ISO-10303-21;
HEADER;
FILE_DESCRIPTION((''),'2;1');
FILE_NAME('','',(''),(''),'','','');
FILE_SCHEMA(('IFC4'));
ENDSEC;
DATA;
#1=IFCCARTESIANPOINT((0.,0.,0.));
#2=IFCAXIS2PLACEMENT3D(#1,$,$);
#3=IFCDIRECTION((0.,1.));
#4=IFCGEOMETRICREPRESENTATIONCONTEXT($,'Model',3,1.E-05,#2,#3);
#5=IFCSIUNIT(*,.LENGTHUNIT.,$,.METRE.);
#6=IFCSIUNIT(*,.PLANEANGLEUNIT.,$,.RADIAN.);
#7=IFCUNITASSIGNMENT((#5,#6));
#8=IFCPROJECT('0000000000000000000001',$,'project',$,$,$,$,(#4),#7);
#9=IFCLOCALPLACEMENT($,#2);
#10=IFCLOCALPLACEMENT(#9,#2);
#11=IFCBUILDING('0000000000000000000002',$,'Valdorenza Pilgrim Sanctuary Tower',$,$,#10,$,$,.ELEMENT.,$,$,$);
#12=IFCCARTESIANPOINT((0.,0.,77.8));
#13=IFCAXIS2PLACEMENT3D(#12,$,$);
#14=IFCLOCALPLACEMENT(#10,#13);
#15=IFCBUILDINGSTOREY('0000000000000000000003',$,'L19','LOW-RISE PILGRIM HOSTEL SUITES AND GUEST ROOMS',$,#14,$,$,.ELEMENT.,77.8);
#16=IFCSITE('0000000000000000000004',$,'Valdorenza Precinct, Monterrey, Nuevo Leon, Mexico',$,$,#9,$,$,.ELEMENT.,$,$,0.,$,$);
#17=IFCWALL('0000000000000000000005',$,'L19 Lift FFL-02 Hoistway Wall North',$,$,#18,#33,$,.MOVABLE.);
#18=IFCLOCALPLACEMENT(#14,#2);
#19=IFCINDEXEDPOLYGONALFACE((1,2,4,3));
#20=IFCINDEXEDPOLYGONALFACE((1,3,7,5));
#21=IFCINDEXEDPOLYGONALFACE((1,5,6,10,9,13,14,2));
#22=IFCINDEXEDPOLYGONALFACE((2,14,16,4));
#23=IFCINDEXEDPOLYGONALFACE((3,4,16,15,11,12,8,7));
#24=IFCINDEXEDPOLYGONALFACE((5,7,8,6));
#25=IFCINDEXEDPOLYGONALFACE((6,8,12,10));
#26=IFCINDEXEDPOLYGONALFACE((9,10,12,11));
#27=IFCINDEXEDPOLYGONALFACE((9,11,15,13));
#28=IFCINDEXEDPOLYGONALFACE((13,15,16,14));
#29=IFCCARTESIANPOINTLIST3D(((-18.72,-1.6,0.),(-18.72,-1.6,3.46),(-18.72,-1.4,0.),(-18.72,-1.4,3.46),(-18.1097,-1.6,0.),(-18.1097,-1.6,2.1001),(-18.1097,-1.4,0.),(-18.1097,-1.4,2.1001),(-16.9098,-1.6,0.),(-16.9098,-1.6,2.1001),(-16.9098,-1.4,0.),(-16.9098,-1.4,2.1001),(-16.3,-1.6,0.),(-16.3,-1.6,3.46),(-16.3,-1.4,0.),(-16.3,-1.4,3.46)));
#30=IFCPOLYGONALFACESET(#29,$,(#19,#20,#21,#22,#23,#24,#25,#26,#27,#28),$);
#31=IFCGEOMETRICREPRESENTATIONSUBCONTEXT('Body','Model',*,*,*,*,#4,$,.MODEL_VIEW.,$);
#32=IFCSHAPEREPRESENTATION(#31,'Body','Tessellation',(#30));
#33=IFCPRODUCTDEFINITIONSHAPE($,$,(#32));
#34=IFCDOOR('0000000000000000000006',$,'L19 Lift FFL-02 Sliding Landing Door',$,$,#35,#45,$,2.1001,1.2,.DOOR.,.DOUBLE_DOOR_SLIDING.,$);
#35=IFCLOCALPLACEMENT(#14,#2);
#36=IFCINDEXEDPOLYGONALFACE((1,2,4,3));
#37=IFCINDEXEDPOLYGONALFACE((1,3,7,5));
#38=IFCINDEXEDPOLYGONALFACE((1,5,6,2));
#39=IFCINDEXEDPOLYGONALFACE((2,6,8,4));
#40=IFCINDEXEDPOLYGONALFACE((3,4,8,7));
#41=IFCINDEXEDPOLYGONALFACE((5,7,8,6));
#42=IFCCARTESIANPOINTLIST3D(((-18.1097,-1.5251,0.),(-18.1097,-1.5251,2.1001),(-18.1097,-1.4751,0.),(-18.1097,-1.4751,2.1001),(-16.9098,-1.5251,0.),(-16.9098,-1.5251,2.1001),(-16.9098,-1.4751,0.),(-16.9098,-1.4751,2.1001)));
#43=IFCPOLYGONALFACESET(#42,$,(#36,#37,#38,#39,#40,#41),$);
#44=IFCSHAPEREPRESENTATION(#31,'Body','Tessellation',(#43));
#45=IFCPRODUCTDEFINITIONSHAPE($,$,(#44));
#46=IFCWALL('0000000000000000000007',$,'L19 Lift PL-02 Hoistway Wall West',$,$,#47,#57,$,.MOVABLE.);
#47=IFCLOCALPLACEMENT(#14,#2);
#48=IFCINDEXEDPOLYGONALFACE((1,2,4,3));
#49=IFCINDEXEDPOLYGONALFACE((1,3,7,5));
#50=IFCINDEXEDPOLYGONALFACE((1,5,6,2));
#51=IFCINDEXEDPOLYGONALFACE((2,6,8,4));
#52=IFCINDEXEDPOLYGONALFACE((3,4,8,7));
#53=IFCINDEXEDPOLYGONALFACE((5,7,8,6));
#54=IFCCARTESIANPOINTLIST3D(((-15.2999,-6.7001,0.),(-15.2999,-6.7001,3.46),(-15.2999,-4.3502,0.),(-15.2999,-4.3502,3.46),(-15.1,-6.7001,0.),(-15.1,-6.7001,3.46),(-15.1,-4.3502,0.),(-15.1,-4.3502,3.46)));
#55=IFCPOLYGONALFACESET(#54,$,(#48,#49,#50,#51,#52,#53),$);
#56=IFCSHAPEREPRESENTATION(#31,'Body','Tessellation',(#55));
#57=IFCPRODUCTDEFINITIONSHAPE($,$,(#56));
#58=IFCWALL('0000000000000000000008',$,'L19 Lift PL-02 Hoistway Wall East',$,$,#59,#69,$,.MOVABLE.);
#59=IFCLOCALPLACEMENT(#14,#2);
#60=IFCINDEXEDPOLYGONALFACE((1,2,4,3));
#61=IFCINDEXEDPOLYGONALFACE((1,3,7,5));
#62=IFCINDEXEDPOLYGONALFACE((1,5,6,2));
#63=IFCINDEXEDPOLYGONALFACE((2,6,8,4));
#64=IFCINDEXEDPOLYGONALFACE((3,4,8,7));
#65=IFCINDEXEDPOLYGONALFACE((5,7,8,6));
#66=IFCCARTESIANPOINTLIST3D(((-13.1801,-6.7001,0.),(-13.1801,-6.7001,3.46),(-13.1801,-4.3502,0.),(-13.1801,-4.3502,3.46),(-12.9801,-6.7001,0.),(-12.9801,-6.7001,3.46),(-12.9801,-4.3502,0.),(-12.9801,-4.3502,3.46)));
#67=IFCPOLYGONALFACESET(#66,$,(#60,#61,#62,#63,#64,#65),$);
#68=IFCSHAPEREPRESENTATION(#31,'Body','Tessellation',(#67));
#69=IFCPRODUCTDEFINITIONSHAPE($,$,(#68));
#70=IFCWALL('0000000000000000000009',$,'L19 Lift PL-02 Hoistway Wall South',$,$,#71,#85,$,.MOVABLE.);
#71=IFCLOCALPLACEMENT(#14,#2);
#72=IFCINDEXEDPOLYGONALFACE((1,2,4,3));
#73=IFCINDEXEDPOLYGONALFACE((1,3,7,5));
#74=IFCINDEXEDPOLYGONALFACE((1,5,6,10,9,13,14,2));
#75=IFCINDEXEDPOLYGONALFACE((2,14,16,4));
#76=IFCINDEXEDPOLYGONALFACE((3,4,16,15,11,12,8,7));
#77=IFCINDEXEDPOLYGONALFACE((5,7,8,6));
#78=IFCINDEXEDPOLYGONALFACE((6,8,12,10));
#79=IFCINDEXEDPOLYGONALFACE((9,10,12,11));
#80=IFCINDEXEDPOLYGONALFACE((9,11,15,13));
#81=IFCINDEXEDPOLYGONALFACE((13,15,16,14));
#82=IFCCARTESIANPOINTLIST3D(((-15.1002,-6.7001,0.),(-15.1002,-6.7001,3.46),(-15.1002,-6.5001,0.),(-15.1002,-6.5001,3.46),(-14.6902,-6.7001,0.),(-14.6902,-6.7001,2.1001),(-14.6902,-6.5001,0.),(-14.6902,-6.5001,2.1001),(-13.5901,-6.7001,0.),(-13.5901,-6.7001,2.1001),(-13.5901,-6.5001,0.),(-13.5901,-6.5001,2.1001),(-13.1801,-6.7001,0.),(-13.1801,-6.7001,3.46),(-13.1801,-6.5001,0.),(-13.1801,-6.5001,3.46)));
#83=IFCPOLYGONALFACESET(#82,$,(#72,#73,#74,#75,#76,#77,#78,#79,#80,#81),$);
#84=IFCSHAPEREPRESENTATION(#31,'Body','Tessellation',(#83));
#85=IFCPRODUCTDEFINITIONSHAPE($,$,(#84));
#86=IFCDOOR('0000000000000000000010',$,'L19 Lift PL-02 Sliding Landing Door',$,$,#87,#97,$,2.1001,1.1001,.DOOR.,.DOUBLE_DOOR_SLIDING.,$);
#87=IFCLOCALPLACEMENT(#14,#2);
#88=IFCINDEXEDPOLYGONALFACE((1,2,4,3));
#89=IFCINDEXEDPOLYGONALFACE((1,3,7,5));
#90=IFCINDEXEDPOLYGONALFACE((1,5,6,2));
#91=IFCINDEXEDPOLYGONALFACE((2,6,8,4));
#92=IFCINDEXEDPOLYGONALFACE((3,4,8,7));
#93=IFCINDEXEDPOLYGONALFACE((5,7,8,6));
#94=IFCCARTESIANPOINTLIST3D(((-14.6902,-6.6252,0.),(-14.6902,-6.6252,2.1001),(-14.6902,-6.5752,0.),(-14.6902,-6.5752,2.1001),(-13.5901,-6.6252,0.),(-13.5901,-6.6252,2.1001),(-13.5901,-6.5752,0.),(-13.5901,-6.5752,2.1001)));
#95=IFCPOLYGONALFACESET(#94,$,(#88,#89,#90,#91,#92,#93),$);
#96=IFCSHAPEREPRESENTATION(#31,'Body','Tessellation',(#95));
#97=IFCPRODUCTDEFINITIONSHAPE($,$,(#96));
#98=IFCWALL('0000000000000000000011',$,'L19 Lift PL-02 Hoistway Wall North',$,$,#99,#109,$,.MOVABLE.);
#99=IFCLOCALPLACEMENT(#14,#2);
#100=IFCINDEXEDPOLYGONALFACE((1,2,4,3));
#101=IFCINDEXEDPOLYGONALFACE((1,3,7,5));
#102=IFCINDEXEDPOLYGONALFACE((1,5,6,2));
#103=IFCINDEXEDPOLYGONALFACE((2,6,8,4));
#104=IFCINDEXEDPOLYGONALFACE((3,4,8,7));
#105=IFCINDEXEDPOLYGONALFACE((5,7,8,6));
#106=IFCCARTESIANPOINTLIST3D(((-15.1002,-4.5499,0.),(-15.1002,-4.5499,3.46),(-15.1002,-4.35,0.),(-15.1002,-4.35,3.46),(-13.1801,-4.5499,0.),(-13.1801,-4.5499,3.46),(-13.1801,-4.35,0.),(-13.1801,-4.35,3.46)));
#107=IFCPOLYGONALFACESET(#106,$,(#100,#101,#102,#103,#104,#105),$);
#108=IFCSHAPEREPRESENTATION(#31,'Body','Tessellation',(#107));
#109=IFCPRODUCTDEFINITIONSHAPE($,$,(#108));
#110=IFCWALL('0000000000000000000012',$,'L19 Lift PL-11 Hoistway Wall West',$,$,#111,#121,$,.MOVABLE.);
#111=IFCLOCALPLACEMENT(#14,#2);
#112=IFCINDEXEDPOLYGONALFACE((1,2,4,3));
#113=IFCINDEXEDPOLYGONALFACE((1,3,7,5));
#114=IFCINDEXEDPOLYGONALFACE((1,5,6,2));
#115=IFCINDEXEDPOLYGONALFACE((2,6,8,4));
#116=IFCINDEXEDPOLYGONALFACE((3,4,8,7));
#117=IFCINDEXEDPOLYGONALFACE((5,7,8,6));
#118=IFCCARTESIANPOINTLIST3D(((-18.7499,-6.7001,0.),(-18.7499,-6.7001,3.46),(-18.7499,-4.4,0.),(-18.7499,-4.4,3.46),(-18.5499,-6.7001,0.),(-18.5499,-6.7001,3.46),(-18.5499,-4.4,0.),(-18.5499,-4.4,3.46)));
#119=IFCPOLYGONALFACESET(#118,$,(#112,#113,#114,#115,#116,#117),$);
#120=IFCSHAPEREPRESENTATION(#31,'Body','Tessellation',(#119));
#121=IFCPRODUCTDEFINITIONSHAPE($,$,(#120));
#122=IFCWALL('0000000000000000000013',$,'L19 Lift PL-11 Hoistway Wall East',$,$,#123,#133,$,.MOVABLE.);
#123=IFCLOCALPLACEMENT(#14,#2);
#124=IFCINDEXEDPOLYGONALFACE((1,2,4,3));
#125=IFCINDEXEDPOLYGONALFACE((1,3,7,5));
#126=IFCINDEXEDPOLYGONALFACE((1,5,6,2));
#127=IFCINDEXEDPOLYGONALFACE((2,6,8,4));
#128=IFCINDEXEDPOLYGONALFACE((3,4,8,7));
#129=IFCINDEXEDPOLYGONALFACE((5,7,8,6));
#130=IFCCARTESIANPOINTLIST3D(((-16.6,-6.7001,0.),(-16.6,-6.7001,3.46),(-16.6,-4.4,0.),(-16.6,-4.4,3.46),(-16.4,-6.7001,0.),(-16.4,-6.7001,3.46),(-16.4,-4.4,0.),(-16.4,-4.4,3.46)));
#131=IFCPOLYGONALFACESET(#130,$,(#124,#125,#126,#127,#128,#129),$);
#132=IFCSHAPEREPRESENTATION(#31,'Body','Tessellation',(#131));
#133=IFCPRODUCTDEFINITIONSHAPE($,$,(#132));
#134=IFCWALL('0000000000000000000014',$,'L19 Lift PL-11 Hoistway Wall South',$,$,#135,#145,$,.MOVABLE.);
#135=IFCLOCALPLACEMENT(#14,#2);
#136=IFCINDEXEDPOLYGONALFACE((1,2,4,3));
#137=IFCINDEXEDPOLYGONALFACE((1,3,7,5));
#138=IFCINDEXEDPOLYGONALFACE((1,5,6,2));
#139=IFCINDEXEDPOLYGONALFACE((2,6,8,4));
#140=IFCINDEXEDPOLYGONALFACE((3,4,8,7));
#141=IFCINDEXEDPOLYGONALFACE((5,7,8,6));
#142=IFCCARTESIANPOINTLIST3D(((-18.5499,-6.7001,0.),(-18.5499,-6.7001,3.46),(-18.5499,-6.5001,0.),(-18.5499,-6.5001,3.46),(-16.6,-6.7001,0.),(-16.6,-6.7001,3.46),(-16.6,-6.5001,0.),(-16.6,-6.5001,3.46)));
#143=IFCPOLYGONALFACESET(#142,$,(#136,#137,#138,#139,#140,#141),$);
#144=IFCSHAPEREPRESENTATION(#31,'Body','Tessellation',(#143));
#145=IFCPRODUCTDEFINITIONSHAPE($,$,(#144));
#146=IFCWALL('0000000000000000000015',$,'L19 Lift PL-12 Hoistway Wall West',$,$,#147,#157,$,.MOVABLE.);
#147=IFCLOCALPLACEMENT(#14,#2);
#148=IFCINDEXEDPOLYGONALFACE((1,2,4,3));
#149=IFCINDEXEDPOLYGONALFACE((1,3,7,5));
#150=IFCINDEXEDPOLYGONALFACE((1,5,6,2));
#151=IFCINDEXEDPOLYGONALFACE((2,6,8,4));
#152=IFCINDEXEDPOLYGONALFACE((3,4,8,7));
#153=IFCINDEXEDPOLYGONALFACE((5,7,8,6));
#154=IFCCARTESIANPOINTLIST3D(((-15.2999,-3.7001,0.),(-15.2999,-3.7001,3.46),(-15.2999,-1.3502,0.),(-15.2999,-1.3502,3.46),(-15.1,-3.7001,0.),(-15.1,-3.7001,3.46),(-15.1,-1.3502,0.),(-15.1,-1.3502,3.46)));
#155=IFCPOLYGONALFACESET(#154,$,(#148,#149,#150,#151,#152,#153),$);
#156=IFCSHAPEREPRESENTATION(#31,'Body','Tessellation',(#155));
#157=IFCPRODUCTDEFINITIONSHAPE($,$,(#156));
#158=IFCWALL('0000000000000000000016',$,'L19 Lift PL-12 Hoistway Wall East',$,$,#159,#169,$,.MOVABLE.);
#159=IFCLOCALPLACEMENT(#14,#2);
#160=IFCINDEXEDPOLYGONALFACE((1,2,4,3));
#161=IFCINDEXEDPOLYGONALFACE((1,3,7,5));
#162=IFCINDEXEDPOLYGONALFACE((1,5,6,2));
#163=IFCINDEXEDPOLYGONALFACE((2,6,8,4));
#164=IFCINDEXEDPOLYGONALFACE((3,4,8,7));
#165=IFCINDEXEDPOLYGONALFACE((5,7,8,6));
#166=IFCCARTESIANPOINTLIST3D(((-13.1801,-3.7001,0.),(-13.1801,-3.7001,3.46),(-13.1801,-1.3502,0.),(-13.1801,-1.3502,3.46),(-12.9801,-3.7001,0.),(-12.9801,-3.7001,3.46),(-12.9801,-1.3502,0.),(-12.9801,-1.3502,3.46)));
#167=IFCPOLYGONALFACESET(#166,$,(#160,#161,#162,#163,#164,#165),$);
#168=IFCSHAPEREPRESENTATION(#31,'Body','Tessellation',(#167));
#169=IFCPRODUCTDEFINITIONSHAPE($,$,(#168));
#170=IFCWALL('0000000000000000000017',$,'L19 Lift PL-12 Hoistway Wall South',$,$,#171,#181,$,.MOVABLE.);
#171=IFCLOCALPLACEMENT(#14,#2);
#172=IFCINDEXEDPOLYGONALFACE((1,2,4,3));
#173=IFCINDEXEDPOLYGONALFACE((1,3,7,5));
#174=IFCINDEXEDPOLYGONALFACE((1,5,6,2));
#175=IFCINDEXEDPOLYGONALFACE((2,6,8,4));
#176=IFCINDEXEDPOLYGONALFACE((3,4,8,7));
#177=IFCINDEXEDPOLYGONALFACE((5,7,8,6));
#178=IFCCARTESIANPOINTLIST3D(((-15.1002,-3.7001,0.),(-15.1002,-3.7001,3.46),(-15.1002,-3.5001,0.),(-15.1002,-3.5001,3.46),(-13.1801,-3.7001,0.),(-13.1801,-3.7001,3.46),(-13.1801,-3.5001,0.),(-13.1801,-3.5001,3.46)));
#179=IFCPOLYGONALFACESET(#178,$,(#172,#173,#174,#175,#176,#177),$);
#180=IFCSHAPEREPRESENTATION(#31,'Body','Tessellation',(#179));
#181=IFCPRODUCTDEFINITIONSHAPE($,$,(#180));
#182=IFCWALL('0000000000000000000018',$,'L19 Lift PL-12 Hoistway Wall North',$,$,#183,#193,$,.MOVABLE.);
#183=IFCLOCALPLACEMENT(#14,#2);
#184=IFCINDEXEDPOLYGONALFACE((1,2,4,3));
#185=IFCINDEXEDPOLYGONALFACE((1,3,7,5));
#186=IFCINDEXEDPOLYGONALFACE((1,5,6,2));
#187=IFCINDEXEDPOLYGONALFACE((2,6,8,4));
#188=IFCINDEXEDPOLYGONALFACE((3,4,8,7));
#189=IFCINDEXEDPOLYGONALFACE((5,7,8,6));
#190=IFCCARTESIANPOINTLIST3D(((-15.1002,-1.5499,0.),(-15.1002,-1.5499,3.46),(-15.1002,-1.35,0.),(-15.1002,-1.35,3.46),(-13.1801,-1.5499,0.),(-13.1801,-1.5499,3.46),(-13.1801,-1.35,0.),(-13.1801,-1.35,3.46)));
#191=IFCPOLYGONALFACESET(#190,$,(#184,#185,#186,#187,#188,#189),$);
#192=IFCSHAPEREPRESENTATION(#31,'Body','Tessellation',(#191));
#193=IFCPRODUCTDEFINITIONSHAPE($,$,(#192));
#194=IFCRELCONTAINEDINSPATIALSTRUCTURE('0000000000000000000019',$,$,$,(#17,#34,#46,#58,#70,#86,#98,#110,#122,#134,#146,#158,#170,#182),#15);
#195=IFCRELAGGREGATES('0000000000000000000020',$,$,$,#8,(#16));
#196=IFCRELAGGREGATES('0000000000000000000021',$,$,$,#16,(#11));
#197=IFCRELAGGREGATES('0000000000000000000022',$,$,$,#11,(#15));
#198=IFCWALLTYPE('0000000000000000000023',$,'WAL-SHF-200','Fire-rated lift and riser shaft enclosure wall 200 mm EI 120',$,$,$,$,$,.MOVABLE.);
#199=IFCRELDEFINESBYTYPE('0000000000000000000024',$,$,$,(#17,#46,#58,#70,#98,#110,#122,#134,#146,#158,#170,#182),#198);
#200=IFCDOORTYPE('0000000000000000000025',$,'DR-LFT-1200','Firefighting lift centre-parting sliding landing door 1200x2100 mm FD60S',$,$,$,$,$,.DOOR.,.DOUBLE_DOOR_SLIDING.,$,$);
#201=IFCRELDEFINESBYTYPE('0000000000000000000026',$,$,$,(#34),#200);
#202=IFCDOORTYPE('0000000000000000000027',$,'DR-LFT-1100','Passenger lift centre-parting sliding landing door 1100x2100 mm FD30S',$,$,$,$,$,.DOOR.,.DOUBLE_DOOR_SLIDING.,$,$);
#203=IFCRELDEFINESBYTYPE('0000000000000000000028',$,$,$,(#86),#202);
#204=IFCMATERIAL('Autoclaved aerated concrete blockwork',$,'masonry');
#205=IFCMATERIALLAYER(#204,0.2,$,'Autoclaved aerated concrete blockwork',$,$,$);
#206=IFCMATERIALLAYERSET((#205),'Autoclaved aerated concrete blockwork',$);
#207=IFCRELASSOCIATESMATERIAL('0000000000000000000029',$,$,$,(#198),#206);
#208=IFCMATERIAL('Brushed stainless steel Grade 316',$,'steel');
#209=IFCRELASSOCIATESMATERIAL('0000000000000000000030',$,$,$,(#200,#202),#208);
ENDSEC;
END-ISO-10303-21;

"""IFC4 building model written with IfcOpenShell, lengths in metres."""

from ifc_helpers import new_model, si_unit, direction, frame, frame_2d, origin, place, context, subcontext, project, spatial, rectangle, extrude, material, layer, layer_set, type_object, element, fill, save


model = new_model("IFC4")

# Units and contexts
model_context = context("Model", 3, precision=1e-05, world=origin(), true_north=direction((0.0, 1.0)))
body_context = subcontext(model_context, "Body", "Model", "MODEL_VIEW")
ifc_project = project(units=[si_unit("LENGTHUNIT", "METRE"), si_unit("PLANEANGLEUNIT", "RADIAN")], contexts=[model_context])

# Site, building, storey
site_placement = place(None, origin())
site = spatial("IfcSite", under=ifc_project, at=site_placement, Name="Valdorenza Precinct, Monterrey, Nuevo Leon, Mexico", CompositionType="ELEMENT", RefElevation=0.0)
building_placement = place(site_placement, origin())
building = spatial("IfcBuilding", under=site, at=building_placement, Name="Valdorenza Pilgrim Sanctuary Tower", CompositionType="ELEMENT")
storey_placement = place(building_placement, frame((0.0, 0.0, 77.8)))
storey = spatial("IfcBuildingStorey", under=building, at=storey_placement, Name="L19", Description="LOW-RISE PILGRIM HOSTEL SUITES AND GUEST ROOMS", CompositionType="ELEMENT", Elevation=77.8)

# Shared definitions
ifc_material_1 = material(Name="Autoclaved aerated concrete blockwork", Category="masonry")
ifc_layer_1 = layer(ifc_material_1, 0.2, Name="Autoclaved aerated concrete blockwork")
ifc_layer_set_1 = layer_set([ifc_layer_1], Name="Autoclaved aerated concrete blockwork")
wall_type_1 = type_object("IfcWallType", Name="WAL-SHF-200", Description="Fire-rated lift and riser shaft enclosure wall 200 mm EI 120", PredefinedType="MOVABLE", material=ifc_layer_set_1)

# Wall, opening, door
wall_1_placement = place(storey_placement, frame((-18.72, -1.5, 0.0), z_axis=(0.0, 0.0, 1.0), x_axis=(1.0, 0.0, 0.0)))
wall_1 = element("IfcWall", 1, at=wall_1_placement, inside=storey, type_object=wall_type_1, Name="L19 Lift FFL-02 Hoistway Wall North", PredefinedType="MOVABLE", context=body_context, shape_type="SweptSolid", body=[
    extrude(rectangle(XDim=2.4199, YDim=0.2, at=frame_2d((1.21, 0.0))), origin(), (0.0, 0.0, 1.0), 3.46),
])
opening_1_placement = place(wall_1_placement, frame((0.6101, 0.0, 0.0)))
opening_1 = element("IfcOpeningElement", 2, at=opening_1_placement, cuts=wall_1, PredefinedType="OPENING", context=body_context, shape_type="SweptSolid", body=[
    extrude(rectangle(XDim=1.2, YDim=2.1001, at=frame_2d((0.6001, 1.05))), frame((0.0, 0.1147, 0.0), z_axis=(0.0, -1.0, 0.0), x_axis=(1.0, 0.0, 0.0)), (0.0, 0.0, 1.0), 0.2297),
])
ifc_material_2 = material(Name="Brushed stainless steel Grade 316", Category="steel")
door_type_1 = type_object("IfcDoorType", Name="DR-LFT-1200", Description="Firefighting lift centre-parting sliding landing door 1200x2100 mm FD60S", OperationType="DOUBLE_DOOR_SLIDING", PredefinedType="DOOR", material=ifc_material_2)
door_1_placement = place(opening_1_placement, origin())
door_1 = element("IfcDoor", 3, at=door_1_placement, inside=storey, type_object=door_type_1, Name="L19 Lift FFL-02 Sliding Landing Door", OperationType="DOUBLE_DOOR_SLIDING", OverallHeight=2.1001, OverallWidth=1.2, PredefinedType="DOOR", context=body_context, shape_type="SweptSolid", body=[
    extrude(rectangle(XDim=1.2, YDim=2.1001, at=frame_2d((0.6001, 1.05))), frame((0.0, 0.0249, 0.0), z_axis=(0.0, -1.0, 0.0), x_axis=(1.0, 0.0, 0.0)), (0.0, 0.0, 1.0), 0.05),
])
fill(opening_1, door_1)

# Walls
for number, where, z_axis, x_axis, name in (
    (4, (-15.2, -6.7, 0.0), (0.0, 0.0, 1.0), (0.0, 1.0, 0.0), "L19 Lift PL-02 Hoistway Wall West"),
    (5, (-13.0801, -6.7, 0.0), (0.0, 0.0, 1.0), (0.0, 1.0, 0.0), "L19 Lift PL-02 Hoistway Wall East"),
):
    element("IfcWall", number, at=place(storey_placement, frame(where, z_axis=z_axis, x_axis=x_axis)), inside=storey, type_object=wall_type_1, Name=name, PredefinedType="MOVABLE", context=body_context, shape_type="SweptSolid", body=[
        extrude(rectangle(XDim=2.3499, YDim=0.2, at=frame_2d((1.1748, 0.0))), origin(), (0.0, 0.0, 1.0), 3.46),
    ])

# Wall, opening, door
wall_2_placement = place(storey_placement, frame((-15.1001, -6.6001, 0.0), z_axis=(0.0, 0.0, 1.0), x_axis=(1.0, 0.0, 0.0)))
wall_2 = element("IfcWall", 6, at=wall_2_placement, inside=storey, type_object=wall_type_1, Name="L19 Lift PL-02 Hoistway Wall South", PredefinedType="MOVABLE", context=body_context, shape_type="SweptSolid", body=[
    extrude(rectangle(XDim=1.9202, YDim=0.2, at=frame_2d((0.96, 0.0))), origin(), (0.0, 0.0, 1.0), 3.46),
])
opening_2_placement = place(wall_2_placement, frame((0.4099, 0.0, 0.0)))
opening_2 = element("IfcOpeningElement", 7, at=opening_2_placement, cuts=wall_2, PredefinedType="OPENING", context=body_context, shape_type="SweptSolid", body=[
    extrude(rectangle(XDim=1.1001, YDim=2.1001, at=frame_2d((0.55, 1.05))), frame((0.0, 0.1147, 0.0), z_axis=(0.0, -1.0, 0.0), x_axis=(1.0, 0.0, 0.0)), (0.0, 0.0, 1.0), 0.2297),
])
door_type_2 = type_object("IfcDoorType", Name="DR-LFT-1100", Description="Passenger lift centre-parting sliding landing door 1100x2100 mm FD30S", OperationType="DOUBLE_DOOR_SLIDING", PredefinedType="DOOR", material=ifc_material_2)
door_2_placement = place(opening_2_placement, origin())
door_2 = element("IfcDoor", 8, at=door_2_placement, inside=storey, type_object=door_type_2, Name="L19 Lift PL-02 Sliding Landing Door", OperationType="DOUBLE_DOOR_SLIDING", OverallHeight=2.1001, OverallWidth=1.1001, PredefinedType="DOOR", context=body_context, shape_type="SweptSolid", body=[
    extrude(rectangle(XDim=1.1001, YDim=2.1001, at=frame_2d((0.55, 1.05))), frame((0.0, 0.0249, 0.0), z_axis=(0.0, -1.0, 0.0), x_axis=(1.0, 0.0, 0.0)), (0.0, 0.0, 1.0), 0.05),
])
fill(opening_2, door_2)

# Walls
wall_3_placement = place(storey_placement, frame((-15.1001, -4.45, 0.0), z_axis=(0.0, 0.0, 1.0), x_axis=(1.0, 0.0, 0.0)))
element("IfcWall", 9, at=wall_3_placement, inside=storey, type_object=wall_type_1, Name="L19 Lift PL-02 Hoistway Wall North", PredefinedType="MOVABLE", context=body_context, shape_type="SweptSolid", body=[
    extrude(rectangle(XDim=1.9202, YDim=0.2, at=frame_2d((0.96, 0.0))), origin(), (0.0, 0.0, 1.0), 3.46),
])
for number, where, z_axis, x_axis, name in (
    (10, (-18.6499, -6.7, 0.0), (0.0, 0.0, 1.0), (0.0, 1.0, 0.0), "L19 Lift PL-11 Hoistway Wall West"),
    (11, (-16.5, -6.7, 0.0), (0.0, 0.0, 1.0), (0.0, 1.0, 0.0), "L19 Lift PL-11 Hoistway Wall East"),
):
    element("IfcWall", number, at=place(storey_placement, frame(where, z_axis=z_axis, x_axis=x_axis)), inside=storey, type_object=wall_type_1, Name=name, PredefinedType="MOVABLE", context=body_context, shape_type="SweptSolid", body=[
        extrude(rectangle(XDim=2.3, YDim=0.2, at=frame_2d((1.1499, 0.0))), origin(), (0.0, 0.0, 1.0), 3.46),
    ])
wall_4_placement = place(storey_placement, frame((-18.55, -6.6001, 0.0), z_axis=(0.0, 0.0, 1.0), x_axis=(1.0, 0.0, 0.0)))
element("IfcWall", 12, at=wall_4_placement, inside=storey, type_object=wall_type_1, Name="L19 Lift PL-11 Hoistway Wall South", PredefinedType="MOVABLE", context=body_context, shape_type="SweptSolid", body=[
    extrude(rectangle(XDim=1.95, YDim=0.2, at=frame_2d((0.9751, 0.0))), origin(), (0.0, 0.0, 1.0), 3.46),
])
for number, where, z_axis, x_axis, name in (
    (13, (-15.2, -3.7, 0.0), (0.0, 0.0, 1.0), (0.0, 1.0, 0.0), "L19 Lift PL-12 Hoistway Wall West"),
    (14, (-13.0801, -3.7, 0.0), (0.0, 0.0, 1.0), (0.0, 1.0, 0.0), "L19 Lift PL-12 Hoistway Wall East"),
):
    element("IfcWall", number, at=place(storey_placement, frame(where, z_axis=z_axis, x_axis=x_axis)), inside=storey, type_object=wall_type_1, Name=name, PredefinedType="MOVABLE", context=body_context, shape_type="SweptSolid", body=[
        extrude(rectangle(XDim=2.3499, YDim=0.2, at=frame_2d((1.1748, 0.0))), origin(), (0.0, 0.0, 1.0), 3.46),
    ])
for number, where, z_axis, x_axis, name in (
    (15, (-15.1001, -3.6001, 0.0), (0.0, 0.0, 1.0), (1.0, 0.0, 0.0), "L19 Lift PL-12 Hoistway Wall South"),
    (16, (-15.1001, -1.45, 0.0), (0.0, 0.0, 1.0), (1.0, 0.0, 0.0), "L19 Lift PL-12 Hoistway Wall North"),
):
    element("IfcWall", number, at=place(storey_placement, frame(where, z_axis=z_axis, x_axis=x_axis)), inside=storey, type_object=wall_type_1, Name=name, PredefinedType="MOVABLE", context=body_context, shape_type="SweptSolid", body=[
        extrude(rectangle(XDim=1.9202, YDim=0.2, at=frame_2d((0.96, 0.0))), origin(), (0.0, 0.0, 1.0), 3.46),
    ])

save(model, "model.ifc")
